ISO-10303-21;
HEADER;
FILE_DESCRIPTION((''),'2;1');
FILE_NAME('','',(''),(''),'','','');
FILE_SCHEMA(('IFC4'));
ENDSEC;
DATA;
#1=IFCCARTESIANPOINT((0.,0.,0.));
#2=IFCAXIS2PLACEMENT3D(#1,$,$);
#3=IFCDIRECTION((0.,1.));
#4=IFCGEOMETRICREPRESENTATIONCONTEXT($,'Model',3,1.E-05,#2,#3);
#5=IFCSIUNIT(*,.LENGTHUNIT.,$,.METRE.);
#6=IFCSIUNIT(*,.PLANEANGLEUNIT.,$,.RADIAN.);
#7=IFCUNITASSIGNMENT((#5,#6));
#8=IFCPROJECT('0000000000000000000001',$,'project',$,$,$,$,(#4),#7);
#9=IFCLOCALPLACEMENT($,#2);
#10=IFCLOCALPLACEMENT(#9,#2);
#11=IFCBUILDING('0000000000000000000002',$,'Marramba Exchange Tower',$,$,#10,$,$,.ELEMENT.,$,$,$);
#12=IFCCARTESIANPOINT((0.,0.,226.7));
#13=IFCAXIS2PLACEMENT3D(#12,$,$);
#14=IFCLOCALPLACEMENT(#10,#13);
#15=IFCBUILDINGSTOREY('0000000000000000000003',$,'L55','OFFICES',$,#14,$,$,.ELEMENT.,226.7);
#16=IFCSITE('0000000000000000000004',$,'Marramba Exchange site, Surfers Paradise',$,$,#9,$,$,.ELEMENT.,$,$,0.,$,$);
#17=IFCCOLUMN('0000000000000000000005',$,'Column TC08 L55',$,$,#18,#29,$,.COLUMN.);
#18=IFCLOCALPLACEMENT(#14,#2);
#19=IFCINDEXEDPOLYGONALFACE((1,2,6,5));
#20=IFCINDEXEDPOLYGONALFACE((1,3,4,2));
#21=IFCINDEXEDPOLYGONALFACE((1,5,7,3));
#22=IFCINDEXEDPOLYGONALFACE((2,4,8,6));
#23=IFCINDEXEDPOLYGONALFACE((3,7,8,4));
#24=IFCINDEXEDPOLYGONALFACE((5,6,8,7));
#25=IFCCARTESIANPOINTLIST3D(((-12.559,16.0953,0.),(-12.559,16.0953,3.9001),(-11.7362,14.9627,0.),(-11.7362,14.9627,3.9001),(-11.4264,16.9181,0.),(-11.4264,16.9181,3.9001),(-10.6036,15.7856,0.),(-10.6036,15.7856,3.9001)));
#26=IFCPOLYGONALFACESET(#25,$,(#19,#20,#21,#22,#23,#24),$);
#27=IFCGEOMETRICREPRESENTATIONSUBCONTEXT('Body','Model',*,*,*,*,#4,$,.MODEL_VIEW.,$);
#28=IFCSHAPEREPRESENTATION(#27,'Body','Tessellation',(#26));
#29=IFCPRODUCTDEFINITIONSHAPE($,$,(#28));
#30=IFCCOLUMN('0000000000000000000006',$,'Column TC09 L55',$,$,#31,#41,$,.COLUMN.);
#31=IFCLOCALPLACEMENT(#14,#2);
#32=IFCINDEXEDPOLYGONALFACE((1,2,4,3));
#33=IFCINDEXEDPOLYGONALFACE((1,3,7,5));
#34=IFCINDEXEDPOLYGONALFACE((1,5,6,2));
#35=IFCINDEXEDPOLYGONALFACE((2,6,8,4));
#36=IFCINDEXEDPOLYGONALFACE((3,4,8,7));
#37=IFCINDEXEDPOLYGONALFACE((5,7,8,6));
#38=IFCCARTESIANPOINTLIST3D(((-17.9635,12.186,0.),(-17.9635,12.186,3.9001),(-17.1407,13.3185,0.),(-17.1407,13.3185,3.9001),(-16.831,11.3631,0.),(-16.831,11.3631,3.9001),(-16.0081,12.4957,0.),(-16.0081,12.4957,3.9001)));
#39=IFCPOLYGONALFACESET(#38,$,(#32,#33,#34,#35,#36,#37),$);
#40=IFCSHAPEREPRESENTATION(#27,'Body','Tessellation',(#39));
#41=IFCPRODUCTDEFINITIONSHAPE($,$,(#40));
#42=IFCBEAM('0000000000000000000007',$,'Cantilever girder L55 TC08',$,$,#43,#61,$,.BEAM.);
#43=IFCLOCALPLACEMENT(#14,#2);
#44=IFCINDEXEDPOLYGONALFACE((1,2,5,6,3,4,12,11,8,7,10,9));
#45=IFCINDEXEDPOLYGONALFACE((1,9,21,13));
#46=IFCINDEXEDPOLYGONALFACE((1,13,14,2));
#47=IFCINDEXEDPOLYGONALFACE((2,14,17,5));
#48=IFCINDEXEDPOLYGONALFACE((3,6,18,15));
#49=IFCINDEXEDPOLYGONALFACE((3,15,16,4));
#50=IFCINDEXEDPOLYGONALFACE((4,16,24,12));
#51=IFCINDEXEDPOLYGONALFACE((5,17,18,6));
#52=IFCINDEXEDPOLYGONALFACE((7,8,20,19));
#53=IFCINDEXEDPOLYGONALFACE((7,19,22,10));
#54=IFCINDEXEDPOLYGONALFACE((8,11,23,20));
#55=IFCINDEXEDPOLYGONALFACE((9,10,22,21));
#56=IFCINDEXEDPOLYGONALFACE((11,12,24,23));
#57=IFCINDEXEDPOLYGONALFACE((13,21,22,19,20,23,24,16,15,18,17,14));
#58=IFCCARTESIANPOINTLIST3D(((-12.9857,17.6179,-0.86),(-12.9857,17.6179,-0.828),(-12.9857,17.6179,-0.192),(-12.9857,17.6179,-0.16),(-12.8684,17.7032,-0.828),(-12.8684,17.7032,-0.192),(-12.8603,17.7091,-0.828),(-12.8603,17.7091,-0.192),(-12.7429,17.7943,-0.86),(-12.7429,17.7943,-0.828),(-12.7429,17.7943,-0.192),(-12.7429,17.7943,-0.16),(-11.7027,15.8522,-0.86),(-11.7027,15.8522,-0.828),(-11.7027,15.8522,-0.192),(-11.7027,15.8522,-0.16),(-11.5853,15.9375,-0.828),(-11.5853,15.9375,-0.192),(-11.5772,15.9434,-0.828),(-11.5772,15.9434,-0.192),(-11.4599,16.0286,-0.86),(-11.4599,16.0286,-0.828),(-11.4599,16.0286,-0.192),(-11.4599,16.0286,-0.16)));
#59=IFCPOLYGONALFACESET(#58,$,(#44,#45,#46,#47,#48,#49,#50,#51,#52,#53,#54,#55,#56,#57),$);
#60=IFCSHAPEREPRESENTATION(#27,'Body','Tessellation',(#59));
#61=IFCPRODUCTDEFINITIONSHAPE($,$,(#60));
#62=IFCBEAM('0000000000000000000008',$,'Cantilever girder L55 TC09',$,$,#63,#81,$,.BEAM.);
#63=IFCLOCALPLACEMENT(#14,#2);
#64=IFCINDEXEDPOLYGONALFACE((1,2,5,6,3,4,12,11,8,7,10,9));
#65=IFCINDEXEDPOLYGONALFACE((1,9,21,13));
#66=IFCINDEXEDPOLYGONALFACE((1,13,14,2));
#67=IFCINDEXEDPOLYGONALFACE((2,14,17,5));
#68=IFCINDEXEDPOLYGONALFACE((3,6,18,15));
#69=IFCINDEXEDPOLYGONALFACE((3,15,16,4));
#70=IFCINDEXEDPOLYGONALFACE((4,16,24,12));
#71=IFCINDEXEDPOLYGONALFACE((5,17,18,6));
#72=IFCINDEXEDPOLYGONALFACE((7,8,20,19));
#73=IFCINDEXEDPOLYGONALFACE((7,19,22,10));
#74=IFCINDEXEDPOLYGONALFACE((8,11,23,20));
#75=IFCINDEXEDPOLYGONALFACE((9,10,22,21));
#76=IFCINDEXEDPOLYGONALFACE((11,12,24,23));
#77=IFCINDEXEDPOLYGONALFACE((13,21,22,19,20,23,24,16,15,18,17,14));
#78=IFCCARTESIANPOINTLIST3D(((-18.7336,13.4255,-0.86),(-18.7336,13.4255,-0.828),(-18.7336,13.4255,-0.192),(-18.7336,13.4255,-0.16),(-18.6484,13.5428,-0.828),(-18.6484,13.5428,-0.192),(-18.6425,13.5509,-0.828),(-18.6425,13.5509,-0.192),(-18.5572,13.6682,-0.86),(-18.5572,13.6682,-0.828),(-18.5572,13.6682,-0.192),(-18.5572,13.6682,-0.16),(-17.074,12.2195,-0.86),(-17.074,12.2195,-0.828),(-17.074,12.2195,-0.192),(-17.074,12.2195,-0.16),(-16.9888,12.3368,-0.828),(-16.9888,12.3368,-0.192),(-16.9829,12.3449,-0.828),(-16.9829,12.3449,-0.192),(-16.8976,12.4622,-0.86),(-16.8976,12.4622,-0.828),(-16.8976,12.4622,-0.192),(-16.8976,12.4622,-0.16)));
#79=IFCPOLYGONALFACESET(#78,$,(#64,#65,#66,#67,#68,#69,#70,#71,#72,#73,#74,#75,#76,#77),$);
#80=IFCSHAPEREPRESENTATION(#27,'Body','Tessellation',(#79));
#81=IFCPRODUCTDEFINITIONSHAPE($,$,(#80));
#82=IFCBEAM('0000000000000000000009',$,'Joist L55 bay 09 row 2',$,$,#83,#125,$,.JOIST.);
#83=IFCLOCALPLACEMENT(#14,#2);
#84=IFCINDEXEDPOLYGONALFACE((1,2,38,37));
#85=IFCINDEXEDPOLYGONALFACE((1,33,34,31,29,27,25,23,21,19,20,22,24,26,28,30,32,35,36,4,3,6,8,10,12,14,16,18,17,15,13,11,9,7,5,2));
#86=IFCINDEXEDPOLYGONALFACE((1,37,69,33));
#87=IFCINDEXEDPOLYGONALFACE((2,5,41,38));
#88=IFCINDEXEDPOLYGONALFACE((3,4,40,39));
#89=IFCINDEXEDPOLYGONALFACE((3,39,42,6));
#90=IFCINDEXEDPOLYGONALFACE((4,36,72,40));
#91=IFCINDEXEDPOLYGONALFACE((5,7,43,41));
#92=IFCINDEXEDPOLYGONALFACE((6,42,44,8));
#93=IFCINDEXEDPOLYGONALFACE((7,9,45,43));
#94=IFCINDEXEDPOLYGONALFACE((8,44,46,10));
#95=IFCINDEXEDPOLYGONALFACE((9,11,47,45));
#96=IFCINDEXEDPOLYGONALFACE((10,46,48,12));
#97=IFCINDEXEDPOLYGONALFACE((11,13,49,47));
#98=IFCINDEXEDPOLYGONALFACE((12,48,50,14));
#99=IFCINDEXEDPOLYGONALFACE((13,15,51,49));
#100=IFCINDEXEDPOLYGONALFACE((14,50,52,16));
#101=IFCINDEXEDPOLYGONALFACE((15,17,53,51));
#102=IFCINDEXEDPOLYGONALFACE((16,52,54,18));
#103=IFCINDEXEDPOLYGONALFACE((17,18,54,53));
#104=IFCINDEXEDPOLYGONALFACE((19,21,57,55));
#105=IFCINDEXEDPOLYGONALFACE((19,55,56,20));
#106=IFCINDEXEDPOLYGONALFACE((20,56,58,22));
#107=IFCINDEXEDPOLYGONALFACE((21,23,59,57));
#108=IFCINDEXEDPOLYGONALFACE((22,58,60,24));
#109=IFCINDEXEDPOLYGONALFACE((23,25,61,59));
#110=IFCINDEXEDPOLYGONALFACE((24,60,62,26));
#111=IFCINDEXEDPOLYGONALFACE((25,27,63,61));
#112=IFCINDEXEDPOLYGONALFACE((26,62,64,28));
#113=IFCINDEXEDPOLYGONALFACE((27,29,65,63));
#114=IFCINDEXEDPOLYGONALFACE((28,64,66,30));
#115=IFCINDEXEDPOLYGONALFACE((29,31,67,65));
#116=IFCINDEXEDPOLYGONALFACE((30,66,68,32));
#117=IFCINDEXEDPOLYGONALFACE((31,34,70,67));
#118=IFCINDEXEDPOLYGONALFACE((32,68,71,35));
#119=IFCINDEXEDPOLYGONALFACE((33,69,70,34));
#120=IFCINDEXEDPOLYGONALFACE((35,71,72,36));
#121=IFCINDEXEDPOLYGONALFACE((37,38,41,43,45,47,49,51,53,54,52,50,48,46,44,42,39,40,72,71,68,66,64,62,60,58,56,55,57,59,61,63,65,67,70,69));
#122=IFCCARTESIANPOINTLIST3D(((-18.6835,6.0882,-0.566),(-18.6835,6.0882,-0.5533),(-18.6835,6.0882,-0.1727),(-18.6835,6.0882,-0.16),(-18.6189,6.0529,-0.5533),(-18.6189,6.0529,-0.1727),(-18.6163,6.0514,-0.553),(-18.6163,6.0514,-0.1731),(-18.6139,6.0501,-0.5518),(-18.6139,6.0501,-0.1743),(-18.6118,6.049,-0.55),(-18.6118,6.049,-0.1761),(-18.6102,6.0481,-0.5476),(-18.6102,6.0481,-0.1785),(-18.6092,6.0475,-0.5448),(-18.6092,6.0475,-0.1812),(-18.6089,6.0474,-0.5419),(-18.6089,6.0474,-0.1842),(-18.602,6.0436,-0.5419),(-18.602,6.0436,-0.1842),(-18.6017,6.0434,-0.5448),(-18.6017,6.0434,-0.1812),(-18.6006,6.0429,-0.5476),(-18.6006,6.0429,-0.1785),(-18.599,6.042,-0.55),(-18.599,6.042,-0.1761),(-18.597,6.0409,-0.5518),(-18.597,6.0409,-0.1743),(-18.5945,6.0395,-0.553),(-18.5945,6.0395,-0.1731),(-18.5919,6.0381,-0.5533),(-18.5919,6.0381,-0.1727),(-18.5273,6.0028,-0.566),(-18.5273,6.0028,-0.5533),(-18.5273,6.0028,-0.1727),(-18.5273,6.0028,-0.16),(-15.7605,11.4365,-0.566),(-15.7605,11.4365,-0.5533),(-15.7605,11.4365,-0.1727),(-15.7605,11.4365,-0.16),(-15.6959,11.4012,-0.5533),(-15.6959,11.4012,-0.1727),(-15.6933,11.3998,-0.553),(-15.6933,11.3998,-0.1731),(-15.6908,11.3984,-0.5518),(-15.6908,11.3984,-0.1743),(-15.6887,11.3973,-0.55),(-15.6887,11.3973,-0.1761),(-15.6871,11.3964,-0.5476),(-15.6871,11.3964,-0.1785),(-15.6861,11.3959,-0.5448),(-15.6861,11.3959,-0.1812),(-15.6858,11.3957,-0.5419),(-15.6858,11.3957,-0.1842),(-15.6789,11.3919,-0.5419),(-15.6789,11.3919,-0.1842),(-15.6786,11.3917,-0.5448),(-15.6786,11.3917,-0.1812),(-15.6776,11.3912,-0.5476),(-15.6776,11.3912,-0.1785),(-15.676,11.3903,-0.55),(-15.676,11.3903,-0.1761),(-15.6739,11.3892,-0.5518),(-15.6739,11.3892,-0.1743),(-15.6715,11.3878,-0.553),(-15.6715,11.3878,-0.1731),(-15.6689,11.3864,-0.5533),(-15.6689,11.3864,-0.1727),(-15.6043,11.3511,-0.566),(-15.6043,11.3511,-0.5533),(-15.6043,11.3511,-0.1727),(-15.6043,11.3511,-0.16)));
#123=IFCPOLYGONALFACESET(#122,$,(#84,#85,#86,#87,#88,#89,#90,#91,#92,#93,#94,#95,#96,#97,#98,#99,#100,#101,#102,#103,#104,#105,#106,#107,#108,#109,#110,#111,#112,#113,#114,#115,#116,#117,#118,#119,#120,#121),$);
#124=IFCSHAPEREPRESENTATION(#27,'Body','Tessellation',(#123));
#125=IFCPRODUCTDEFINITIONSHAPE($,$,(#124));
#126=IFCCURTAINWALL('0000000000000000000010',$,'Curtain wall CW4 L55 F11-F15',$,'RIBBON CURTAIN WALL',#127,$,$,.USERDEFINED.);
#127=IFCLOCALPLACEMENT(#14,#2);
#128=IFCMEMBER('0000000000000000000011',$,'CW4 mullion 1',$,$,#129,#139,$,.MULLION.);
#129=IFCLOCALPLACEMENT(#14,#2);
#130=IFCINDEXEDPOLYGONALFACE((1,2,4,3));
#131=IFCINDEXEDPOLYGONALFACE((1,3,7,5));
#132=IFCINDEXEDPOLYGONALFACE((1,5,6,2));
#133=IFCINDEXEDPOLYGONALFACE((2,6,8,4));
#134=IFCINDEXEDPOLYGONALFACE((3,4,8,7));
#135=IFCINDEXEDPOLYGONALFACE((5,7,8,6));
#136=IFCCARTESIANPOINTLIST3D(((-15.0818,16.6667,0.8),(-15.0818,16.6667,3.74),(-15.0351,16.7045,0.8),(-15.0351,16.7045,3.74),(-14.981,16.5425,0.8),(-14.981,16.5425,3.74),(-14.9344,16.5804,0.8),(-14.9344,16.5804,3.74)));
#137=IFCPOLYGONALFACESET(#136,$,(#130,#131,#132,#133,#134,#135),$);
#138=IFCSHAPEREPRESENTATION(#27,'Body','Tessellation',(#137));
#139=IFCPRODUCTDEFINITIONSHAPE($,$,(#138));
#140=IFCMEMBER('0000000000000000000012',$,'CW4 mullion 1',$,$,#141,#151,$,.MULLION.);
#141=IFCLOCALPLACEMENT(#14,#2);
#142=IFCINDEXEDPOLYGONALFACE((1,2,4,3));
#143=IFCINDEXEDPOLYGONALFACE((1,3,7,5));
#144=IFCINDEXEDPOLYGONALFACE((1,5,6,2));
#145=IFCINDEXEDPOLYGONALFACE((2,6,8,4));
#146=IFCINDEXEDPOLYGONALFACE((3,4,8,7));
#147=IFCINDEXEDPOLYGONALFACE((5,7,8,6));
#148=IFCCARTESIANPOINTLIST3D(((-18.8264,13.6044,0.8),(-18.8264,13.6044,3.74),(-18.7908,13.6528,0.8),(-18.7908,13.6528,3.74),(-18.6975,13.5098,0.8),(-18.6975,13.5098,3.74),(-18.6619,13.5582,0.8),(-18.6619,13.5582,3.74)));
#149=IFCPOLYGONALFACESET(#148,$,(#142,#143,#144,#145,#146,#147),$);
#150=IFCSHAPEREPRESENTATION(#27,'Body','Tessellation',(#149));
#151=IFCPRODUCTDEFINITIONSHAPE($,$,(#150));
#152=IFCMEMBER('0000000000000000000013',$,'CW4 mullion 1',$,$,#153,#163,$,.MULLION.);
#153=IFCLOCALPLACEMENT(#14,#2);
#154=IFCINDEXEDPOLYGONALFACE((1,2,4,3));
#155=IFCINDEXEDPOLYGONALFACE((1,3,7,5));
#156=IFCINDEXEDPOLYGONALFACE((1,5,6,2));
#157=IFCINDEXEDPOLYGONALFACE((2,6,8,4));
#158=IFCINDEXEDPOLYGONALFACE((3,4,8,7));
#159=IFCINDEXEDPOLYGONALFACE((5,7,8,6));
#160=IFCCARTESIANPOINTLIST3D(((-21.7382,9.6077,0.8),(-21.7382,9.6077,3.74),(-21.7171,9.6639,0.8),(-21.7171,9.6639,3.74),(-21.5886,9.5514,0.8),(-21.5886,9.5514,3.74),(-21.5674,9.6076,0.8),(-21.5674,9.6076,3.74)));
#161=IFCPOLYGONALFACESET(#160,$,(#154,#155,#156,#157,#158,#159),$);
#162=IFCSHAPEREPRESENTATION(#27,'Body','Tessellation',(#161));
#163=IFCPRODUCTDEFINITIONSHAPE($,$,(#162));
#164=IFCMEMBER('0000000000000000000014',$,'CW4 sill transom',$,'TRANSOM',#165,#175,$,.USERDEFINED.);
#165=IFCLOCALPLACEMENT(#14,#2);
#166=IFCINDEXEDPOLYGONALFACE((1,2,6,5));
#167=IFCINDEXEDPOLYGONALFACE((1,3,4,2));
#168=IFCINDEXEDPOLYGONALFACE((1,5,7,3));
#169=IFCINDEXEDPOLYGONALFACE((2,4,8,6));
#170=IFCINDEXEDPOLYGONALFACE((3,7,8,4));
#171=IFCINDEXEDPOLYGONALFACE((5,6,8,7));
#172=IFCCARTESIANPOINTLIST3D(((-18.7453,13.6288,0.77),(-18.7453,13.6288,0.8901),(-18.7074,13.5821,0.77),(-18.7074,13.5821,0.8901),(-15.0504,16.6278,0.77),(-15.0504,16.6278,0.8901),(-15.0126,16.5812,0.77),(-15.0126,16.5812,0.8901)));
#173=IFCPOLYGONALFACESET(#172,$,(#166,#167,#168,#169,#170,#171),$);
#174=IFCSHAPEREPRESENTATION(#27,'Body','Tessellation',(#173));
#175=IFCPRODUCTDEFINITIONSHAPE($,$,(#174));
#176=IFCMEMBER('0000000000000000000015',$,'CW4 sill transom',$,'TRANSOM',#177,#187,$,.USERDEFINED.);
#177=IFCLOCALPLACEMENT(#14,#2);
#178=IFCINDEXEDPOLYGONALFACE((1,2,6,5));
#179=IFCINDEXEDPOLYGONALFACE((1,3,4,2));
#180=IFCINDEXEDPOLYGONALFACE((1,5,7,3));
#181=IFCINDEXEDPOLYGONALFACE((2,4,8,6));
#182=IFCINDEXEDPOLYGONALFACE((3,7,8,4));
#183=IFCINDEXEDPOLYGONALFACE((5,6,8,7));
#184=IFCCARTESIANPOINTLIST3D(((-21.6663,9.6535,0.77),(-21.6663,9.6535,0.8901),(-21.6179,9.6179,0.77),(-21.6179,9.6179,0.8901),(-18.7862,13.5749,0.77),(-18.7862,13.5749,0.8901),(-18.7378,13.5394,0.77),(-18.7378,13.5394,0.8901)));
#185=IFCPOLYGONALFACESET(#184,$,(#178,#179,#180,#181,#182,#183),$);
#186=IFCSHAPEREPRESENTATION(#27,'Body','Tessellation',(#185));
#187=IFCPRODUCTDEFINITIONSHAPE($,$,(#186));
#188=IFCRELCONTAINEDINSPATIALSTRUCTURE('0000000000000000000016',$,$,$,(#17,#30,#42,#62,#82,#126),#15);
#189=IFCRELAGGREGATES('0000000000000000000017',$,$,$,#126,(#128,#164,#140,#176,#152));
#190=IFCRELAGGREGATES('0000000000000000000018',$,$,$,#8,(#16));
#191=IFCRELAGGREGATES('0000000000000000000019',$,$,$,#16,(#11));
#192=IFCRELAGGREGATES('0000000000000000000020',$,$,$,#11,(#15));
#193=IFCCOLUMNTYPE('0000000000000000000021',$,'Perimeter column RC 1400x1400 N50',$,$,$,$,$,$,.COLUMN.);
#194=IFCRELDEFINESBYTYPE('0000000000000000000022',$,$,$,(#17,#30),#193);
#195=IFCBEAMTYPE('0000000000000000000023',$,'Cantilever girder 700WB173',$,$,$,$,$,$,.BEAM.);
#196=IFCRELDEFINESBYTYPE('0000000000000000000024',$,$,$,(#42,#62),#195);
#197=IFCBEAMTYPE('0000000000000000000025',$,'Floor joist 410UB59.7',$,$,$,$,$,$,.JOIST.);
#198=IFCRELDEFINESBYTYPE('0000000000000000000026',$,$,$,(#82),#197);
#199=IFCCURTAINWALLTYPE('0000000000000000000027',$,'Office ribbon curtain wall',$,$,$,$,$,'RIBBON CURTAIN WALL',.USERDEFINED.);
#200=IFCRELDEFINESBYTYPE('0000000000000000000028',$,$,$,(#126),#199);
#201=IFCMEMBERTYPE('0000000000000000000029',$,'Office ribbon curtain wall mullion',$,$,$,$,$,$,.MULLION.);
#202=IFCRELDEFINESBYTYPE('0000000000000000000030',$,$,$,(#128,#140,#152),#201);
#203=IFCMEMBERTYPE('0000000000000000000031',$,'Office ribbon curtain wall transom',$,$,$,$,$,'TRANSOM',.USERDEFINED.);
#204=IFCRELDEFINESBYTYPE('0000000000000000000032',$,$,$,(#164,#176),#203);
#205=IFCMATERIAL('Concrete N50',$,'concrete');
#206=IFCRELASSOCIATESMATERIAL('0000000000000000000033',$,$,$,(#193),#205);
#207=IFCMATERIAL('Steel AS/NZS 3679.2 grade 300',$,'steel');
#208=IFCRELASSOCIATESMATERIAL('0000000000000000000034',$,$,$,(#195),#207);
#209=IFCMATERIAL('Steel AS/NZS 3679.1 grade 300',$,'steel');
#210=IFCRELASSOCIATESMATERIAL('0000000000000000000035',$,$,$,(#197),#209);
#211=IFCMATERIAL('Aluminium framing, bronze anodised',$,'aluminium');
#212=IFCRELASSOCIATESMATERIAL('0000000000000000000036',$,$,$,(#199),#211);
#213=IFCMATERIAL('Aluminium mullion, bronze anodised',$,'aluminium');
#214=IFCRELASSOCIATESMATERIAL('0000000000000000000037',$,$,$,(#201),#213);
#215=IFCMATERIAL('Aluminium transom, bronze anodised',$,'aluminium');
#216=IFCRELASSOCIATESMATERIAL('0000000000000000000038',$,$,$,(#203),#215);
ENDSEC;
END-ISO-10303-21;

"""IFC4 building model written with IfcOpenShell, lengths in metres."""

from ifc_helpers import new_model, si_unit, direction, frame, origin, origin_2d, place, context, subcontext, project, spatial, rectangle, i_section, extrude, material, material_profile, profile_set, type_object, element, aggregate, save


model = new_model("IFC4")

# Units and contexts
model_context = context("Model", 3, precision=1e-05, world=origin(), true_north=direction((0.0, 1.0)))
body_context = subcontext(model_context, "Body", "Model", "MODEL_VIEW")
ifc_project = project(units=[si_unit("LENGTHUNIT", "METRE"), si_unit("PLANEANGLEUNIT", "RADIAN")], contexts=[model_context])

# Site, building, storey
site_placement = place(None, origin())
site = spatial("IfcSite", under=ifc_project, at=site_placement, Name="Marramba Exchange site, Surfers Paradise", CompositionType="ELEMENT", RefElevation=0.0)
building_placement = place(site_placement, origin())
building = spatial("IfcBuilding", under=site, at=building_placement, Name="Marramba Exchange Tower", CompositionType="ELEMENT")
storey_placement = place(building_placement, frame((0.0, 0.0, 226.7)))
storey = spatial("IfcBuildingStorey", under=building, at=storey_placement, Name="L55", Description="OFFICES", CompositionType="ELEMENT", Elevation=226.7)

# Columns
ifc_material_1 = material(Name="Concrete N50", Category="concrete")
ifc_material_profile_1 = material_profile(ifc_material_1, rectangle(XDim=1.3999, YDim=1.3999, at=origin_2d()), Name="RC 1400x1400")
ifc_profile_set_1 = profile_set([ifc_material_profile_1], Name="Concrete N50")
column_type = type_object("IfcColumnType", Name="Perimeter column RC 1400x1400 N50", PredefinedType="COLUMN", material=ifc_profile_set_1)
for number, where, z_axis, x_axis, name in (
    (1, (-11.5813, 15.9404, 0.0), (0.0, 0.0, 1.0), (-0.587785, 0.809017, 0.0), "Column TC08 L55"),
    (2, (-16.9858, 12.3408, 0.0), (0.0, 0.0, 1.0), (-0.809017, 0.587785, 0.0), "Column TC09 L55"),
):
    element("IfcColumn", number, at=place(storey_placement, frame(where, z_axis=z_axis, x_axis=x_axis)), inside=storey, type_object=column_type, Name=name, PredefinedType="COLUMN", context=body_context, shape_type="SweptSolid", body=[
        extrude(rectangle(XDim=1.3999, YDim=1.3999, at=origin_2d()), origin(), (0.0, 0.0, 1.0), 3.9001),
    ])

# Beams
ifc_material_2 = material(Name="Steel AS/NZS 3679.2 grade 300", Category="steel")
ifc_material_profile_2 = material_profile(ifc_material_2, i_section(OverallWidth=0.3, OverallDepth=0.7, WebThickness=0.01, FlangeThickness=0.032, at=origin_2d()), Name="700WB173")
ifc_profile_set_2 = profile_set([ifc_material_profile_2], Name="Steel AS/NZS 3679.2 grade 300")
beam_type_1 = type_object("IfcBeamType", Name="Cantilever girder 700WB173", PredefinedType="BEAM", material=ifc_profile_set_2)
beam_1_placement = place(storey_placement, frame((-11.5813, 15.9404, -0.51), z_axis=(-0.587832, 0.808983, 0.0), x_axis=(-0.808983, -0.587832, 0.0)))
element("IfcBeam", 3, at=beam_1_placement, inside=storey, type_object=beam_type_1, Name="Cantilever girder L55 TC08", PredefinedType="BEAM", context=body_context, shape_type="SweptSolid", body=[
    extrude(i_section(OverallWidth=0.3, OverallDepth=0.7, WebThickness=0.01, FlangeThickness=0.032, at=origin_2d()), origin(), (0.0, 0.0, 1.0), 2.1826),
])
beam_2_placement = place(storey_placement, frame((-16.9858, 12.3408, -0.51), z_axis=(-0.808962, 0.58786, 0.0), x_axis=(-0.58786, -0.808962, 0.0)))
element("IfcBeam", 4, at=beam_2_placement, inside=storey, type_object=beam_type_1, Name="Cantilever girder L55 TC09", PredefinedType="BEAM", context=body_context, shape_type="SweptSolid", body=[
    extrude(i_section(OverallWidth=0.3, OverallDepth=0.7, WebThickness=0.01, FlangeThickness=0.032, at=origin_2d()), origin(), (0.0, 0.0, 1.0), 2.0515),
])
ifc_material_3 = material(Name="Steel AS/NZS 3679.1 grade 300", Category="steel")
ifc_material_profile_3 = material_profile(ifc_material_3, i_section(OverallWidth=0.178, OverallDepth=0.406, WebThickness=0.0078, FlangeThickness=0.0127, FilletRadius=0.0115, at=origin_2d()), Name="410UB59.7")
ifc_profile_set_3 = profile_set([ifc_material_profile_3], Name="Steel AS/NZS 3679.1 grade 300")
beam_type_2 = type_object("IfcBeamType", Name="Floor joist 410UB59.7", PredefinedType="JOIST", material=ifc_profile_set_3)
beam_3_placement = place(storey_placement, frame((-15.6824, 11.3938, -0.363), z_axis=(-0.479584, -0.877496, 0.0), x_axis=(0.877496, -0.479584, 0.0)))
element("IfcBeam", 5, at=beam_3_placement, inside=storey, type_object=beam_type_2, Name="Joist L55 bay 09 row 2", PredefinedType="JOIST", context=body_context, shape_type="SweptSolid", body=[
    extrude(i_section(OverallWidth=0.178, OverallDepth=0.406, WebThickness=0.0078, FlangeThickness=0.0127, FilletRadius=0.0115, at=origin_2d()), origin(), (0.0, 0.0, 1.0), 6.095),
])

# Curtain wall, members
ifc_material_4 = material(Name="Aluminium framing, bronze anodised", Category="aluminium")
curtain_wall_type = type_object("IfcCurtainWallType", Name="Office ribbon curtain wall", ElementType="RIBBON CURTAIN WALL", PredefinedType="USERDEFINED", material=ifc_material_4)
curtain_wall_placement = place(storey_placement, origin())
curtain_wall = element("IfcCurtainWall", 6, at=curtain_wall_placement, inside=storey, type_object=curtain_wall_type, Name="Curtain wall CW4 L55 F11-F15", ObjectType="RIBBON CURTAIN WALL", PredefinedType="USERDEFINED")
ifc_material_5 = material(Name="Aluminium mullion, bronze anodised", Category="aluminium")
ifc_material_profile_4 = material_profile(ifc_material_5, rectangle(XDim=0.1599, YDim=0.0601, at=origin_2d()), Name="CW4 mullion 60x160")
ifc_profile_set_4 = profile_set([ifc_material_profile_4], Name="Aluminium mullion, bronze anodised")
member_type_1 = type_object("IfcMemberType", Name="Office ribbon curtain wall mullion", PredefinedType="MULLION", material=ifc_profile_set_4)
member_1_placement = place(storey_placement, frame((-15.0081, 16.6235, 0.8), z_axis=(0.0, 0.0, 1.0), x_axis=(0.630201, -0.776432, 0.0)))
member_1 = element("IfcMember", 7, at=member_1_placement, type_object=member_type_1, Name="CW4 mullion 1", PredefinedType="MULLION", context=body_context, shape_type="SweptSolid", body=[
    extrude(rectangle(XDim=0.1599, YDim=0.0601, at=origin_2d()), origin(), (0.0, 0.0, 1.0), 2.9399),
])
member_2_placement = place(storey_placement, frame((-18.7441, 13.5813, 0.8), z_axis=(0.0, 0.0, 1.0), x_axis=(0.805965, -0.591963, 0.0)))
member_2 = element("IfcMember", 8, at=member_2_placement, type_object=member_type_1, Name="CW4 mullion 1", PredefinedType="MULLION", context=body_context, shape_type="SweptSolid", body=[
    extrude(rectangle(XDim=0.1599, YDim=0.0601, at=origin_2d()), origin(), (0.0, 0.0, 1.0), 2.9399),
])
member_3_placement = place(storey_placement, frame((-21.6528, 9.6077, 0.8), z_axis=(0.0, 0.0, 1.0), x_axis=(0.936018, -0.351952, 0.0)))
member_3 = element("IfcMember", 9, at=member_3_placement, type_object=member_type_1, Name="CW4 mullion 1", PredefinedType="MULLION", context=body_context, shape_type="SweptSolid", body=[
    extrude(rectangle(XDim=0.1599, YDim=0.0601, at=origin_2d()), origin(), (0.0, 0.0, 1.0), 2.9399),
])
ifc_material_6 = material(Name="Aluminium transom, bronze anodised", Category="aluminium")
ifc_material_profile_5 = material_profile(ifc_material_6, rectangle(XDim=0.0601, YDim=0.1201, at=origin_2d()), Name="CW4 transom 60x120")
ifc_profile_set_5 = profile_set([ifc_material_profile_5], Name="Aluminium transom, bronze anodised")
member_type_2 = type_object("IfcMemberType", Name="Office ribbon curtain wall transom", ElementType="TRANSOM", PredefinedType="USERDEFINED", material=ifc_profile_set_5)
member_4_placement = place(storey_placement, frame((-15.0315, 16.6045, 0.8301), z_axis=(-0.776425, -0.63021, 0.0), x_axis=(0.63021, -0.776425, 0.0)))
member_4 = element("IfcMember", 10, at=member_4_placement, type_object=member_type_2, Name="CW4 sill transom", ObjectType="TRANSOM", PredefinedType="USERDEFINED", context=body_context, shape_type="SweptSolid", body=[
    extrude(rectangle(XDim=0.0601, YDim=0.1201, at=origin_2d()), origin(), (0.0, 0.0, 1.0), 4.7588),
])
member_5_placement = place(storey_placement, frame((-18.762, 13.5571, 0.8301), z_axis=(-0.591957, -0.805969, 0.0), x_axis=(0.805969, -0.591957, 0.0)))
member_5 = element("IfcMember", 11, at=member_5_placement, type_object=member_type_2, Name="CW4 sill transom", ObjectType="TRANSOM", PredefinedType="USERDEFINED", context=body_context, shape_type="SweptSolid", body=[
    extrude(rectangle(XDim=0.0601, YDim=0.1201, at=origin_2d()), origin(), (0.0, 0.0, 1.0), 4.8655),
])

aggregate(curtain_wall, [member_1, member_4, member_2, member_5, member_3])

save(model, "model.ifc")
